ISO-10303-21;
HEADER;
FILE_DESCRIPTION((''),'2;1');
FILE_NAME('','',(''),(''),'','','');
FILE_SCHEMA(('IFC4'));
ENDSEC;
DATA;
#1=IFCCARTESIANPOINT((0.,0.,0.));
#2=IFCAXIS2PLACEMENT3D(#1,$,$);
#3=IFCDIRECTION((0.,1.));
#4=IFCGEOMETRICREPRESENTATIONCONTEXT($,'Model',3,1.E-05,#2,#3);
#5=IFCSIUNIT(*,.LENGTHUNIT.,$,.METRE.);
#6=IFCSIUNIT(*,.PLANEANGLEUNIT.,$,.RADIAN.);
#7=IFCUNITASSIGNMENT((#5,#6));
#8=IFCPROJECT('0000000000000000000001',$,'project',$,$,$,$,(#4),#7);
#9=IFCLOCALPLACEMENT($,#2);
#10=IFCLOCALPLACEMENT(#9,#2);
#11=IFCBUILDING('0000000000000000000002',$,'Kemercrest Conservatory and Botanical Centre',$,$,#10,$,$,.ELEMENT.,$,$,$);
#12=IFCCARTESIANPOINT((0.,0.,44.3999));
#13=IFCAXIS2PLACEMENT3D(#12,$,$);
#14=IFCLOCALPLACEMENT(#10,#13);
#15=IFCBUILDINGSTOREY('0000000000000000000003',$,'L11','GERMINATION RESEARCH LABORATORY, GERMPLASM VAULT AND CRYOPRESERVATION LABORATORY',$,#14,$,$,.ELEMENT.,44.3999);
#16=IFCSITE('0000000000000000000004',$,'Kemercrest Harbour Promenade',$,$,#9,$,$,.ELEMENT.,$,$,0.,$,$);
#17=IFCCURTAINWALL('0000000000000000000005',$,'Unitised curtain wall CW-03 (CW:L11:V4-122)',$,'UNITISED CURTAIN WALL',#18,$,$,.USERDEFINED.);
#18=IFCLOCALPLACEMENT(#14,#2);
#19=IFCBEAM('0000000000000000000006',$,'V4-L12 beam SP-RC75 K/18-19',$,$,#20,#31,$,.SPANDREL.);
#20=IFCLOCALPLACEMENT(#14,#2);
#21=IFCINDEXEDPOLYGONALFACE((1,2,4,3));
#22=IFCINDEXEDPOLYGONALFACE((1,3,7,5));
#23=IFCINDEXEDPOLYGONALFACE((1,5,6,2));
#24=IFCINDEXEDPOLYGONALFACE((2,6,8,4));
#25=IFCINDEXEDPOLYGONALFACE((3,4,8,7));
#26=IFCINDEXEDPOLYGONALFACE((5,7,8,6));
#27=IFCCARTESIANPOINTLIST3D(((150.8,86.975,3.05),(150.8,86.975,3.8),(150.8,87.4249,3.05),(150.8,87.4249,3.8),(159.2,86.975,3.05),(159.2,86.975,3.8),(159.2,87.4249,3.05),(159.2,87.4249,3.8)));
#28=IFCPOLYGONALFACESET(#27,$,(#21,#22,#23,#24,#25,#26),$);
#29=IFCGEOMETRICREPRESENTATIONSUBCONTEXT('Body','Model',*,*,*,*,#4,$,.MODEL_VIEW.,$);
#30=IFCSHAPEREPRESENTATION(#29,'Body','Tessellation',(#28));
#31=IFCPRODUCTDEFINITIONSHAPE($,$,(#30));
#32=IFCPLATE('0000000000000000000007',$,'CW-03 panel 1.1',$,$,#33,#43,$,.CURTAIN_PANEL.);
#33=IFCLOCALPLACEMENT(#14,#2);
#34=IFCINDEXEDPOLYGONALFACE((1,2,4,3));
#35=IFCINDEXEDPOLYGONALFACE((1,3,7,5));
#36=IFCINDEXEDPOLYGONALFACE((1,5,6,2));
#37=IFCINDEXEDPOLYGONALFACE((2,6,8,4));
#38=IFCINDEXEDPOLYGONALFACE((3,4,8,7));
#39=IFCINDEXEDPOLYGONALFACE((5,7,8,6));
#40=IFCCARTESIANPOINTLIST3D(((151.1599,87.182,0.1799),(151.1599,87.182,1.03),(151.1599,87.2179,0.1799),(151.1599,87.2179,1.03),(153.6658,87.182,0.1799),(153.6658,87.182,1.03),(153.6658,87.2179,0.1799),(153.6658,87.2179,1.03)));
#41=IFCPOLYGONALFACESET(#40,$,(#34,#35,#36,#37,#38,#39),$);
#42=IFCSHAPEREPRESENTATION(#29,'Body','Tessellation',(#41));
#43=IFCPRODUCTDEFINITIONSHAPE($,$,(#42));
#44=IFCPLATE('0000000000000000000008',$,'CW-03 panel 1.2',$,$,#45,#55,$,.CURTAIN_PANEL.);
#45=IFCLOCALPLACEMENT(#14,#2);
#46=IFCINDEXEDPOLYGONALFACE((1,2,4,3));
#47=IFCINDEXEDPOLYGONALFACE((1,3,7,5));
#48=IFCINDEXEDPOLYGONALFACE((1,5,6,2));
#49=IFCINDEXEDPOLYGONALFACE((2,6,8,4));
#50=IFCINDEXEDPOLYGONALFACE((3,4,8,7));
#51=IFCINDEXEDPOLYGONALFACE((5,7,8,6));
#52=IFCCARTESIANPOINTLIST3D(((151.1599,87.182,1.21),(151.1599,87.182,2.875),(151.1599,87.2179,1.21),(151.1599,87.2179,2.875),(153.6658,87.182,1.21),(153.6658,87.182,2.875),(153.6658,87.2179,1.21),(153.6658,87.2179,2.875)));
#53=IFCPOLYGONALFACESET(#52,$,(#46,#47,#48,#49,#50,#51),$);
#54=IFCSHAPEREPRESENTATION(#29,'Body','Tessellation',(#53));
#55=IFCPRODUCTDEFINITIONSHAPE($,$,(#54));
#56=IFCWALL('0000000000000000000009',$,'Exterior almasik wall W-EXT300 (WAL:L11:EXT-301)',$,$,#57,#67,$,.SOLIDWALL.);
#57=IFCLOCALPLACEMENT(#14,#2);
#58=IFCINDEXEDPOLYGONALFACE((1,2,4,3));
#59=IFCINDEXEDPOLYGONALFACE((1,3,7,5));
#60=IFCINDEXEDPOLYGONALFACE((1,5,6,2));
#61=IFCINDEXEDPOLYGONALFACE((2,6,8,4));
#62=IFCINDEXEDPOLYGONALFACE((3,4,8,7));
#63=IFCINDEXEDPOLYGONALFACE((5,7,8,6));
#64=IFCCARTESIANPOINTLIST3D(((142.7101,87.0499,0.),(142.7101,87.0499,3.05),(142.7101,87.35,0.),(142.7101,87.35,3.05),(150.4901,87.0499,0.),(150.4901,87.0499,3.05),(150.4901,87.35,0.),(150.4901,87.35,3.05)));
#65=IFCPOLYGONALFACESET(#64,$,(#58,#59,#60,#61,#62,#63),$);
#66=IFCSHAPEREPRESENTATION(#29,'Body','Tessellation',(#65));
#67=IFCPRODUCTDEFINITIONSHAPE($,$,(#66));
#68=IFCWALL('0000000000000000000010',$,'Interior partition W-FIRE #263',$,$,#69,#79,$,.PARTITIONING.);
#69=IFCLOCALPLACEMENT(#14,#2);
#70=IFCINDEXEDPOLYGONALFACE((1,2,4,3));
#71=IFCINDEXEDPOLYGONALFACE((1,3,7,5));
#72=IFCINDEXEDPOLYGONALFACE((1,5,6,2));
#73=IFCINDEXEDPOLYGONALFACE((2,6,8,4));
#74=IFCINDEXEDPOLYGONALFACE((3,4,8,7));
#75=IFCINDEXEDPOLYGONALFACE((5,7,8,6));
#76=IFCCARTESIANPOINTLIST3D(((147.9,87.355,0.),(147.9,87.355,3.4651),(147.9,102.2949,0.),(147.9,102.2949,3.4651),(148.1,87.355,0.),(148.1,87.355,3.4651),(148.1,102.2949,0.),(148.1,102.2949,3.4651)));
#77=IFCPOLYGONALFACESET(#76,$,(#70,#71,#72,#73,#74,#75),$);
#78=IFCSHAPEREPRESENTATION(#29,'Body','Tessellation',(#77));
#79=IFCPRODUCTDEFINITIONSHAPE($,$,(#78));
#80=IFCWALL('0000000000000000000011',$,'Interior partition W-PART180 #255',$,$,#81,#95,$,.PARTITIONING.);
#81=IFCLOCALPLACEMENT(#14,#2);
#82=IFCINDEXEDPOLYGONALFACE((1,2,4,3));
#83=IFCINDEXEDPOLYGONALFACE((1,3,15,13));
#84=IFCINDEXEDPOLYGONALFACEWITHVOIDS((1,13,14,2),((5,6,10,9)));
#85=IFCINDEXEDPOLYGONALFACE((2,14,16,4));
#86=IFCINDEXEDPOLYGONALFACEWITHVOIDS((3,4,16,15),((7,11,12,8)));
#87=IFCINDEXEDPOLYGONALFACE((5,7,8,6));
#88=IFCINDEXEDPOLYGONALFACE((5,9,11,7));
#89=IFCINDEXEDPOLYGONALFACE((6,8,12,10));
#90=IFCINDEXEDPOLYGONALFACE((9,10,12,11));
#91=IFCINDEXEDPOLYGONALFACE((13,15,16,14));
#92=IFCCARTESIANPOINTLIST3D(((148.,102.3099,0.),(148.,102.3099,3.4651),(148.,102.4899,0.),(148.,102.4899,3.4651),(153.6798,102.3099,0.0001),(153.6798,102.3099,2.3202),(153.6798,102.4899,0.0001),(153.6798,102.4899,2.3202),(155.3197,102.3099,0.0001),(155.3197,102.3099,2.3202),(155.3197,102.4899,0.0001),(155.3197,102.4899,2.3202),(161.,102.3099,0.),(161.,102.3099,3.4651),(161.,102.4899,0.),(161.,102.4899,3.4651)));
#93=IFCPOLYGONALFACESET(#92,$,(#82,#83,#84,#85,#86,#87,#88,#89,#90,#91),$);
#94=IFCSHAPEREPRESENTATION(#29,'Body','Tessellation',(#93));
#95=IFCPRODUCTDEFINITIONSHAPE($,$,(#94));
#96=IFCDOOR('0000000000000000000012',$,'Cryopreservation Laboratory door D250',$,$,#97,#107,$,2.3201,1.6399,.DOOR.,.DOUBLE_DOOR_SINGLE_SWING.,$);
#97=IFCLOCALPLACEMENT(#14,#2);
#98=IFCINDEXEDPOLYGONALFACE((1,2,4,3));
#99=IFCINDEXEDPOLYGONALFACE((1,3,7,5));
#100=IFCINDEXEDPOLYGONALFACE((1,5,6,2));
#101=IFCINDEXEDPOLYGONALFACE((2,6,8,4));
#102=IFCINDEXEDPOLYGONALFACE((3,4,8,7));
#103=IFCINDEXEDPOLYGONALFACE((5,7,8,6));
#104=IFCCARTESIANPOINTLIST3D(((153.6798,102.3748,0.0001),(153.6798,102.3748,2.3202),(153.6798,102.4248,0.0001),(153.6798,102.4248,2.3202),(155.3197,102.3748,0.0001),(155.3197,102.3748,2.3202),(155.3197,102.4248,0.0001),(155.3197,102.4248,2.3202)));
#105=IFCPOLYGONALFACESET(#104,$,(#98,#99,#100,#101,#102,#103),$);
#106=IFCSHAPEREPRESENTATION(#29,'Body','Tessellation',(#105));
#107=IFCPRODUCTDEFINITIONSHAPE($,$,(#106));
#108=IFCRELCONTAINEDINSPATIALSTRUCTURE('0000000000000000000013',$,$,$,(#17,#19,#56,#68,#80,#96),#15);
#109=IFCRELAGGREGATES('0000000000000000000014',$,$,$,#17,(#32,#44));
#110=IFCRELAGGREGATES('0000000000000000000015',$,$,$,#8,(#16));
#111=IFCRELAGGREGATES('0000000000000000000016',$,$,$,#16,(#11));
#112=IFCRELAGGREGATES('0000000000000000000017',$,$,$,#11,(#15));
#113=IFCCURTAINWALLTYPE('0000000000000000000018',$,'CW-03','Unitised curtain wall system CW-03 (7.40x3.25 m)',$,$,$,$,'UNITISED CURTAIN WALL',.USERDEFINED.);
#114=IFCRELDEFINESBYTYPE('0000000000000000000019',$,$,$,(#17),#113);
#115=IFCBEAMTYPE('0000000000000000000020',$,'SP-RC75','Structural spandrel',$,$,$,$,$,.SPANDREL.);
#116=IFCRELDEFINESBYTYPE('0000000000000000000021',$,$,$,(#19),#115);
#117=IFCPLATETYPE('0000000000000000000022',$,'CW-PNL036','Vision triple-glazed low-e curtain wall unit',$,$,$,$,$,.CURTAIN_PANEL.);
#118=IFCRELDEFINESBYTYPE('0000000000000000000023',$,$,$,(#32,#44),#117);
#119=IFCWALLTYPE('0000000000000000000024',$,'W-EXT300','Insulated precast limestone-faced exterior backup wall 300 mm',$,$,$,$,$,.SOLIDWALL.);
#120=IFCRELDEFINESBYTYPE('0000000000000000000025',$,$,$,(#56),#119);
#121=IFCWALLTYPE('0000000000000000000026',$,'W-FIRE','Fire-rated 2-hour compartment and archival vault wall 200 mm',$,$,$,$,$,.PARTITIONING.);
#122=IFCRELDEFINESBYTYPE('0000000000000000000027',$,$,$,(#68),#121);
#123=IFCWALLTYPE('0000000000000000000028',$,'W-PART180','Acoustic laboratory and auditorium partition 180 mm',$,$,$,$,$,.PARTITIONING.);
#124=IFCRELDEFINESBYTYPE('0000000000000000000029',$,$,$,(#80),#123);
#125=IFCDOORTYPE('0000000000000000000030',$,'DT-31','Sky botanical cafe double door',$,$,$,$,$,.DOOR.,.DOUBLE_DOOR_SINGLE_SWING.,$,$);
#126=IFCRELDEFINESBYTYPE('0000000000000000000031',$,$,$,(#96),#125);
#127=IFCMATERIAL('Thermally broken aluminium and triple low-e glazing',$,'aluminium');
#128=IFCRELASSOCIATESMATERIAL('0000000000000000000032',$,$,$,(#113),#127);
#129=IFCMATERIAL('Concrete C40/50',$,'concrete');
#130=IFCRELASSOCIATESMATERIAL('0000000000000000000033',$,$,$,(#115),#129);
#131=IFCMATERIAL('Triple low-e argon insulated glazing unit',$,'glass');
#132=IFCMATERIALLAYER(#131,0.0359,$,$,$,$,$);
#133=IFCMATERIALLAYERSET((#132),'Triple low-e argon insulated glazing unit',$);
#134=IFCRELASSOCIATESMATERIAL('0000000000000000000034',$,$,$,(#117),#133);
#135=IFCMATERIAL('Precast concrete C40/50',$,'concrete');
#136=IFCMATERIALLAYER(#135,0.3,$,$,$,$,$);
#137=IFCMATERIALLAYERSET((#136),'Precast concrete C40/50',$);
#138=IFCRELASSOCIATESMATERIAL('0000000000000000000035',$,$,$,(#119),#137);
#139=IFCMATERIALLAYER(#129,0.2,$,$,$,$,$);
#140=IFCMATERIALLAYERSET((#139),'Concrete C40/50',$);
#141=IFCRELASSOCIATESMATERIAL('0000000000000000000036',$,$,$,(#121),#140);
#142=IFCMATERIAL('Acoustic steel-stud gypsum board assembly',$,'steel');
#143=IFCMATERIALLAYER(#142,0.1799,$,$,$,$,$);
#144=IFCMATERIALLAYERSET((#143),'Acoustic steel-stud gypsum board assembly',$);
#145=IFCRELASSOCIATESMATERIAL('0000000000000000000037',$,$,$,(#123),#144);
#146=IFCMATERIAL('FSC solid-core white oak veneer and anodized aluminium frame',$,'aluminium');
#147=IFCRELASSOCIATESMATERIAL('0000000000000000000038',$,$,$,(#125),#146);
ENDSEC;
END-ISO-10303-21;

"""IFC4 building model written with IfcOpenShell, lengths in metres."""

from ifc_helpers import new_model, si_unit, direction, frame, frame_2d, origin, origin_2d, place, context, subcontext, project, spatial, rectangle, extrude, material, layer, layer_set, material_profile, profile_set, type_object, element, fill, aggregate, save


model = new_model("IFC4")

# Units and contexts
model_context = context("Model", 3, precision=1e-05, world=origin(), true_north=direction((0.0, 1.0)))
body_context = subcontext(model_context, "Body", "Model", "MODEL_VIEW")
ifc_project = project(units=[si_unit("LENGTHUNIT", "METRE"), si_unit("PLANEANGLEUNIT", "RADIAN")], contexts=[model_context])

# Site, building, storey
site_placement = place(None, origin())
site = spatial("IfcSite", under=ifc_project, at=site_placement, Name="Kemercrest Harbour Promenade", CompositionType="ELEMENT", RefElevation=0.0)
building_placement = place(site_placement, origin())
building = spatial("IfcBuilding", under=site, at=building_placement, Name="Kemercrest Conservatory and Botanical Centre", CompositionType="ELEMENT")
storey_placement = place(building_placement, frame((0.0, 0.0, 44.3999)))
storey = spatial("IfcBuildingStorey", under=building, at=storey_placement, Name="L11", Description="GERMINATION RESEARCH LABORATORY, GERMPLASM VAULT AND CRYOPRESERVATION LABORATORY", CompositionType="ELEMENT", Elevation=44.3999)

# Shared definitions
ifc_material_1 = material(Name="Concrete C40/50", Category="concrete")

# Curtain wall
ifc_material_2 = material(Name="Thermally broken aluminium and triple low-e glazing", Category="aluminium")
curtain_wall_type = type_object("IfcCurtainWallType", Name="CW-03", Description="Unitised curtain wall system CW-03 (7.40x3.25 m)", ElementType="UNITISED CURTAIN WALL", PredefinedType="USERDEFINED", material=ifc_material_2)
curtain_wall_placement = place(storey_placement, origin())
curtain_wall = element("IfcCurtainWall", 1, at=curtain_wall_placement, inside=storey, type_object=curtain_wall_type, Name="Unitised curtain wall CW-03 (CW:L11:V4-122)", ObjectType="UNITISED CURTAIN WALL", PredefinedType="USERDEFINED")

# Beam
ifc_material_profile_1 = material_profile(ifc_material_1, rectangle(XDim=0.45, YDim=0.75, at=origin_2d()), Name="RC 450x750")
ifc_profile_set_1 = profile_set([ifc_material_profile_1], Name="Concrete C40/50")
beam_type_1 = type_object("IfcBeamType", Name="SP-RC75", Description="Structural spandrel", PredefinedType="SPANDREL", material=ifc_profile_set_1)
beam_1_placement = place(storey_placement, frame((150.8, 87.2, 3.425), z_axis=(1.0, 0.0, 0.0), x_axis=(0.0, 1.0, 0.0)))
element("IfcBeam", 2, at=beam_1_placement, inside=storey, type_object=beam_type_1, Name="V4-L12 beam SP-RC75 K/18-19", PredefinedType="SPANDREL", context=body_context, shape_type="SweptSolid", body=[
    extrude(rectangle(XDim=0.45, YDim=0.75, at=origin_2d()), origin(), (0.0, 0.0, 1.0), 8.3999),
])

# Plates
ifc_material_3 = material(Name="Triple low-e argon insulated glazing unit", Category="glass")
ifc_layer_1 = layer(ifc_material_3, 0.0359)
ifc_layer_set_1 = layer_set([ifc_layer_1], Name="Triple low-e argon insulated glazing unit")
plate_type = type_object("IfcPlateType", Name="CW-PNL036", Description="Vision triple-glazed low-e curtain wall unit", PredefinedType="CURTAIN_PANEL", material=ifc_layer_set_1)
plate_1_placement = place(storey_placement, frame((152.4128, 87.2, 0.1799), z_axis=(0.0, 0.0, 1.0), x_axis=(1.0, 0.0, 0.0)))
plate_1 = element("IfcPlate", 3, at=plate_1_placement, type_object=plate_type, Name="CW-03 panel 1.1", PredefinedType="CURTAIN_PANEL", context=body_context, shape_type="SweptSolid", body=[
    extrude(rectangle(XDim=2.5059, YDim=0.0359, at=origin_2d()), origin(), (0.0, 0.0, 1.0), 0.8501),
])
plate_2_placement = place(storey_placement, frame((152.4128, 87.2, 1.21), z_axis=(0.0, 0.0, 1.0), x_axis=(1.0, 0.0, 0.0)))
plate_2 = element("IfcPlate", 4, at=plate_2_placement, type_object=plate_type, Name="CW-03 panel 1.2", PredefinedType="CURTAIN_PANEL", context=body_context, shape_type="SweptSolid", body=[
    extrude(rectangle(XDim=2.5059, YDim=0.0359, at=origin_2d()), origin(), (0.0, 0.0, 1.0), 1.665),
])
aggregate(curtain_wall, [plate_1, plate_2])

# Walls
ifc_material_4 = material(Name="Precast concrete C40/50", Category="concrete")
ifc_layer_2 = layer(ifc_material_4, 0.3)
ifc_layer_set_2 = layer_set([ifc_layer_2], Name="Precast concrete C40/50")
wall_type_1 = type_object("IfcWallType", Name="W-EXT300", Description="Insulated precast limestone-faced exterior backup wall 300 mm", PredefinedType="SOLIDWALL", material=ifc_layer_set_2)
wall_1_placement = place(storey_placement, frame((142.71, 87.2, 0.0), z_axis=(0.0, 0.0, 1.0), x_axis=(1.0, 0.0, 0.0)))
element("IfcWall", 5, at=wall_1_placement, inside=storey, type_object=wall_type_1, Name="Exterior almasik wall W-EXT300 (WAL:L11:EXT-301)", PredefinedType="SOLIDWALL", context=body_context, shape_type="SweptSolid", body=[
    extrude(rectangle(XDim=7.78, YDim=0.3, at=frame_2d((3.8901, 0.0))), origin(), (0.0, 0.0, 1.0), 3.05),
])
ifc_layer_3 = layer(ifc_material_1, 0.2)
ifc_layer_set_3 = layer_set([ifc_layer_3], Name="Concrete C40/50")
wall_type_2 = type_object("IfcWallType", Name="W-FIRE", Description="Fire-rated 2-hour compartment and archival vault wall 200 mm", PredefinedType="PARTITIONING", material=ifc_layer_set_3)
wall_2_placement = place(storey_placement, frame((148.0, 87.355, 0.0), z_axis=(0.0, 0.0, 1.0), x_axis=(0.0, 1.0, 0.0)))
element("IfcWall", 6, at=wall_2_placement, inside=storey, type_object=wall_type_2, Name="Interior partition W-FIRE #263", PredefinedType="PARTITIONING", context=body_context, shape_type="SweptSolid", body=[
    extrude(rectangle(XDim=14.9399, YDim=0.2, at=frame_2d((7.47, 0.0))), origin(), (0.0, 0.0, 1.0), 3.4651),
])

# Wall, opening, door
ifc_material_5 = material(Name="Acoustic steel-stud gypsum board assembly", Category="steel")
ifc_layer_4 = layer(ifc_material_5, 0.1799)
ifc_layer_set_4 = layer_set([ifc_layer_4], Name="Acoustic steel-stud gypsum board assembly")
wall_type_3 = type_object("IfcWallType", Name="W-PART180", Description="Acoustic laboratory and auditorium partition 180 mm", PredefinedType="PARTITIONING", material=ifc_layer_set_4)
wall_3_placement = place(storey_placement, frame((148.0, 102.3999, 0.0), z_axis=(0.0, 0.0, 1.0), x_axis=(1.0, 0.0, 0.0)))
wall_3 = element("IfcWall", 7, at=wall_3_placement, inside=storey, type_object=wall_type_3, Name="Interior partition W-PART180 #255", PredefinedType="PARTITIONING", context=body_context, shape_type="SweptSolid", body=[
    extrude(rectangle(XDim=13.0, YDim=0.1799, at=frame_2d((6.5, 0.0))), origin(), (0.0, 0.0, 1.0), 3.4651),
])
opening_placement = place(wall_3_placement, frame((5.6799, 0.0, 0.0)))
opening = element("IfcOpeningElement", 8, at=opening_placement, cuts=wall_3, PredefinedType="OPENING", context=body_context, shape_type="SweptSolid", body=[
    extrude(rectangle(XDim=1.6399, YDim=2.3201, at=frame_2d((0.8198, 1.1602))), frame((0.0, 0.1001, 0.0), z_axis=(0.0, -1.0, 0.0), x_axis=(1.0, 0.0, 0.0)), (0.0, 0.0, 1.0), 0.2),
])
ifc_material_6 = material(Name="FSC solid-core white oak veneer and anodized aluminium frame", Category="aluminium")
door_type = type_object("IfcDoorType", Name="DT-31", Description="Sky botanical cafe double door", OperationType="DOUBLE_DOOR_SINGLE_SWING", PredefinedType="DOOR", material=ifc_material_6)
door_placement = place(opening_placement, origin())
door = element("IfcDoor", 9, at=door_placement, inside=storey, type_object=door_type, Name="Cryopreservation Laboratory door D250", OperationType="DOUBLE_DOOR_SINGLE_SWING", OverallHeight=2.3201, OverallWidth=1.6399, PredefinedType="DOOR", context=body_context, shape_type="SweptSolid", body=[
    extrude(rectangle(XDim=1.6399, YDim=2.3201, at=frame_2d((0.8198, 1.1602))), frame((0.0, 0.0249, 0.0), z_axis=(0.0, -1.0, 0.0), x_axis=(1.0, 0.0, 0.0)), (0.0, 0.0, 1.0), 0.05),
])
fill(opening, door)

save(model, "model.ifc")
